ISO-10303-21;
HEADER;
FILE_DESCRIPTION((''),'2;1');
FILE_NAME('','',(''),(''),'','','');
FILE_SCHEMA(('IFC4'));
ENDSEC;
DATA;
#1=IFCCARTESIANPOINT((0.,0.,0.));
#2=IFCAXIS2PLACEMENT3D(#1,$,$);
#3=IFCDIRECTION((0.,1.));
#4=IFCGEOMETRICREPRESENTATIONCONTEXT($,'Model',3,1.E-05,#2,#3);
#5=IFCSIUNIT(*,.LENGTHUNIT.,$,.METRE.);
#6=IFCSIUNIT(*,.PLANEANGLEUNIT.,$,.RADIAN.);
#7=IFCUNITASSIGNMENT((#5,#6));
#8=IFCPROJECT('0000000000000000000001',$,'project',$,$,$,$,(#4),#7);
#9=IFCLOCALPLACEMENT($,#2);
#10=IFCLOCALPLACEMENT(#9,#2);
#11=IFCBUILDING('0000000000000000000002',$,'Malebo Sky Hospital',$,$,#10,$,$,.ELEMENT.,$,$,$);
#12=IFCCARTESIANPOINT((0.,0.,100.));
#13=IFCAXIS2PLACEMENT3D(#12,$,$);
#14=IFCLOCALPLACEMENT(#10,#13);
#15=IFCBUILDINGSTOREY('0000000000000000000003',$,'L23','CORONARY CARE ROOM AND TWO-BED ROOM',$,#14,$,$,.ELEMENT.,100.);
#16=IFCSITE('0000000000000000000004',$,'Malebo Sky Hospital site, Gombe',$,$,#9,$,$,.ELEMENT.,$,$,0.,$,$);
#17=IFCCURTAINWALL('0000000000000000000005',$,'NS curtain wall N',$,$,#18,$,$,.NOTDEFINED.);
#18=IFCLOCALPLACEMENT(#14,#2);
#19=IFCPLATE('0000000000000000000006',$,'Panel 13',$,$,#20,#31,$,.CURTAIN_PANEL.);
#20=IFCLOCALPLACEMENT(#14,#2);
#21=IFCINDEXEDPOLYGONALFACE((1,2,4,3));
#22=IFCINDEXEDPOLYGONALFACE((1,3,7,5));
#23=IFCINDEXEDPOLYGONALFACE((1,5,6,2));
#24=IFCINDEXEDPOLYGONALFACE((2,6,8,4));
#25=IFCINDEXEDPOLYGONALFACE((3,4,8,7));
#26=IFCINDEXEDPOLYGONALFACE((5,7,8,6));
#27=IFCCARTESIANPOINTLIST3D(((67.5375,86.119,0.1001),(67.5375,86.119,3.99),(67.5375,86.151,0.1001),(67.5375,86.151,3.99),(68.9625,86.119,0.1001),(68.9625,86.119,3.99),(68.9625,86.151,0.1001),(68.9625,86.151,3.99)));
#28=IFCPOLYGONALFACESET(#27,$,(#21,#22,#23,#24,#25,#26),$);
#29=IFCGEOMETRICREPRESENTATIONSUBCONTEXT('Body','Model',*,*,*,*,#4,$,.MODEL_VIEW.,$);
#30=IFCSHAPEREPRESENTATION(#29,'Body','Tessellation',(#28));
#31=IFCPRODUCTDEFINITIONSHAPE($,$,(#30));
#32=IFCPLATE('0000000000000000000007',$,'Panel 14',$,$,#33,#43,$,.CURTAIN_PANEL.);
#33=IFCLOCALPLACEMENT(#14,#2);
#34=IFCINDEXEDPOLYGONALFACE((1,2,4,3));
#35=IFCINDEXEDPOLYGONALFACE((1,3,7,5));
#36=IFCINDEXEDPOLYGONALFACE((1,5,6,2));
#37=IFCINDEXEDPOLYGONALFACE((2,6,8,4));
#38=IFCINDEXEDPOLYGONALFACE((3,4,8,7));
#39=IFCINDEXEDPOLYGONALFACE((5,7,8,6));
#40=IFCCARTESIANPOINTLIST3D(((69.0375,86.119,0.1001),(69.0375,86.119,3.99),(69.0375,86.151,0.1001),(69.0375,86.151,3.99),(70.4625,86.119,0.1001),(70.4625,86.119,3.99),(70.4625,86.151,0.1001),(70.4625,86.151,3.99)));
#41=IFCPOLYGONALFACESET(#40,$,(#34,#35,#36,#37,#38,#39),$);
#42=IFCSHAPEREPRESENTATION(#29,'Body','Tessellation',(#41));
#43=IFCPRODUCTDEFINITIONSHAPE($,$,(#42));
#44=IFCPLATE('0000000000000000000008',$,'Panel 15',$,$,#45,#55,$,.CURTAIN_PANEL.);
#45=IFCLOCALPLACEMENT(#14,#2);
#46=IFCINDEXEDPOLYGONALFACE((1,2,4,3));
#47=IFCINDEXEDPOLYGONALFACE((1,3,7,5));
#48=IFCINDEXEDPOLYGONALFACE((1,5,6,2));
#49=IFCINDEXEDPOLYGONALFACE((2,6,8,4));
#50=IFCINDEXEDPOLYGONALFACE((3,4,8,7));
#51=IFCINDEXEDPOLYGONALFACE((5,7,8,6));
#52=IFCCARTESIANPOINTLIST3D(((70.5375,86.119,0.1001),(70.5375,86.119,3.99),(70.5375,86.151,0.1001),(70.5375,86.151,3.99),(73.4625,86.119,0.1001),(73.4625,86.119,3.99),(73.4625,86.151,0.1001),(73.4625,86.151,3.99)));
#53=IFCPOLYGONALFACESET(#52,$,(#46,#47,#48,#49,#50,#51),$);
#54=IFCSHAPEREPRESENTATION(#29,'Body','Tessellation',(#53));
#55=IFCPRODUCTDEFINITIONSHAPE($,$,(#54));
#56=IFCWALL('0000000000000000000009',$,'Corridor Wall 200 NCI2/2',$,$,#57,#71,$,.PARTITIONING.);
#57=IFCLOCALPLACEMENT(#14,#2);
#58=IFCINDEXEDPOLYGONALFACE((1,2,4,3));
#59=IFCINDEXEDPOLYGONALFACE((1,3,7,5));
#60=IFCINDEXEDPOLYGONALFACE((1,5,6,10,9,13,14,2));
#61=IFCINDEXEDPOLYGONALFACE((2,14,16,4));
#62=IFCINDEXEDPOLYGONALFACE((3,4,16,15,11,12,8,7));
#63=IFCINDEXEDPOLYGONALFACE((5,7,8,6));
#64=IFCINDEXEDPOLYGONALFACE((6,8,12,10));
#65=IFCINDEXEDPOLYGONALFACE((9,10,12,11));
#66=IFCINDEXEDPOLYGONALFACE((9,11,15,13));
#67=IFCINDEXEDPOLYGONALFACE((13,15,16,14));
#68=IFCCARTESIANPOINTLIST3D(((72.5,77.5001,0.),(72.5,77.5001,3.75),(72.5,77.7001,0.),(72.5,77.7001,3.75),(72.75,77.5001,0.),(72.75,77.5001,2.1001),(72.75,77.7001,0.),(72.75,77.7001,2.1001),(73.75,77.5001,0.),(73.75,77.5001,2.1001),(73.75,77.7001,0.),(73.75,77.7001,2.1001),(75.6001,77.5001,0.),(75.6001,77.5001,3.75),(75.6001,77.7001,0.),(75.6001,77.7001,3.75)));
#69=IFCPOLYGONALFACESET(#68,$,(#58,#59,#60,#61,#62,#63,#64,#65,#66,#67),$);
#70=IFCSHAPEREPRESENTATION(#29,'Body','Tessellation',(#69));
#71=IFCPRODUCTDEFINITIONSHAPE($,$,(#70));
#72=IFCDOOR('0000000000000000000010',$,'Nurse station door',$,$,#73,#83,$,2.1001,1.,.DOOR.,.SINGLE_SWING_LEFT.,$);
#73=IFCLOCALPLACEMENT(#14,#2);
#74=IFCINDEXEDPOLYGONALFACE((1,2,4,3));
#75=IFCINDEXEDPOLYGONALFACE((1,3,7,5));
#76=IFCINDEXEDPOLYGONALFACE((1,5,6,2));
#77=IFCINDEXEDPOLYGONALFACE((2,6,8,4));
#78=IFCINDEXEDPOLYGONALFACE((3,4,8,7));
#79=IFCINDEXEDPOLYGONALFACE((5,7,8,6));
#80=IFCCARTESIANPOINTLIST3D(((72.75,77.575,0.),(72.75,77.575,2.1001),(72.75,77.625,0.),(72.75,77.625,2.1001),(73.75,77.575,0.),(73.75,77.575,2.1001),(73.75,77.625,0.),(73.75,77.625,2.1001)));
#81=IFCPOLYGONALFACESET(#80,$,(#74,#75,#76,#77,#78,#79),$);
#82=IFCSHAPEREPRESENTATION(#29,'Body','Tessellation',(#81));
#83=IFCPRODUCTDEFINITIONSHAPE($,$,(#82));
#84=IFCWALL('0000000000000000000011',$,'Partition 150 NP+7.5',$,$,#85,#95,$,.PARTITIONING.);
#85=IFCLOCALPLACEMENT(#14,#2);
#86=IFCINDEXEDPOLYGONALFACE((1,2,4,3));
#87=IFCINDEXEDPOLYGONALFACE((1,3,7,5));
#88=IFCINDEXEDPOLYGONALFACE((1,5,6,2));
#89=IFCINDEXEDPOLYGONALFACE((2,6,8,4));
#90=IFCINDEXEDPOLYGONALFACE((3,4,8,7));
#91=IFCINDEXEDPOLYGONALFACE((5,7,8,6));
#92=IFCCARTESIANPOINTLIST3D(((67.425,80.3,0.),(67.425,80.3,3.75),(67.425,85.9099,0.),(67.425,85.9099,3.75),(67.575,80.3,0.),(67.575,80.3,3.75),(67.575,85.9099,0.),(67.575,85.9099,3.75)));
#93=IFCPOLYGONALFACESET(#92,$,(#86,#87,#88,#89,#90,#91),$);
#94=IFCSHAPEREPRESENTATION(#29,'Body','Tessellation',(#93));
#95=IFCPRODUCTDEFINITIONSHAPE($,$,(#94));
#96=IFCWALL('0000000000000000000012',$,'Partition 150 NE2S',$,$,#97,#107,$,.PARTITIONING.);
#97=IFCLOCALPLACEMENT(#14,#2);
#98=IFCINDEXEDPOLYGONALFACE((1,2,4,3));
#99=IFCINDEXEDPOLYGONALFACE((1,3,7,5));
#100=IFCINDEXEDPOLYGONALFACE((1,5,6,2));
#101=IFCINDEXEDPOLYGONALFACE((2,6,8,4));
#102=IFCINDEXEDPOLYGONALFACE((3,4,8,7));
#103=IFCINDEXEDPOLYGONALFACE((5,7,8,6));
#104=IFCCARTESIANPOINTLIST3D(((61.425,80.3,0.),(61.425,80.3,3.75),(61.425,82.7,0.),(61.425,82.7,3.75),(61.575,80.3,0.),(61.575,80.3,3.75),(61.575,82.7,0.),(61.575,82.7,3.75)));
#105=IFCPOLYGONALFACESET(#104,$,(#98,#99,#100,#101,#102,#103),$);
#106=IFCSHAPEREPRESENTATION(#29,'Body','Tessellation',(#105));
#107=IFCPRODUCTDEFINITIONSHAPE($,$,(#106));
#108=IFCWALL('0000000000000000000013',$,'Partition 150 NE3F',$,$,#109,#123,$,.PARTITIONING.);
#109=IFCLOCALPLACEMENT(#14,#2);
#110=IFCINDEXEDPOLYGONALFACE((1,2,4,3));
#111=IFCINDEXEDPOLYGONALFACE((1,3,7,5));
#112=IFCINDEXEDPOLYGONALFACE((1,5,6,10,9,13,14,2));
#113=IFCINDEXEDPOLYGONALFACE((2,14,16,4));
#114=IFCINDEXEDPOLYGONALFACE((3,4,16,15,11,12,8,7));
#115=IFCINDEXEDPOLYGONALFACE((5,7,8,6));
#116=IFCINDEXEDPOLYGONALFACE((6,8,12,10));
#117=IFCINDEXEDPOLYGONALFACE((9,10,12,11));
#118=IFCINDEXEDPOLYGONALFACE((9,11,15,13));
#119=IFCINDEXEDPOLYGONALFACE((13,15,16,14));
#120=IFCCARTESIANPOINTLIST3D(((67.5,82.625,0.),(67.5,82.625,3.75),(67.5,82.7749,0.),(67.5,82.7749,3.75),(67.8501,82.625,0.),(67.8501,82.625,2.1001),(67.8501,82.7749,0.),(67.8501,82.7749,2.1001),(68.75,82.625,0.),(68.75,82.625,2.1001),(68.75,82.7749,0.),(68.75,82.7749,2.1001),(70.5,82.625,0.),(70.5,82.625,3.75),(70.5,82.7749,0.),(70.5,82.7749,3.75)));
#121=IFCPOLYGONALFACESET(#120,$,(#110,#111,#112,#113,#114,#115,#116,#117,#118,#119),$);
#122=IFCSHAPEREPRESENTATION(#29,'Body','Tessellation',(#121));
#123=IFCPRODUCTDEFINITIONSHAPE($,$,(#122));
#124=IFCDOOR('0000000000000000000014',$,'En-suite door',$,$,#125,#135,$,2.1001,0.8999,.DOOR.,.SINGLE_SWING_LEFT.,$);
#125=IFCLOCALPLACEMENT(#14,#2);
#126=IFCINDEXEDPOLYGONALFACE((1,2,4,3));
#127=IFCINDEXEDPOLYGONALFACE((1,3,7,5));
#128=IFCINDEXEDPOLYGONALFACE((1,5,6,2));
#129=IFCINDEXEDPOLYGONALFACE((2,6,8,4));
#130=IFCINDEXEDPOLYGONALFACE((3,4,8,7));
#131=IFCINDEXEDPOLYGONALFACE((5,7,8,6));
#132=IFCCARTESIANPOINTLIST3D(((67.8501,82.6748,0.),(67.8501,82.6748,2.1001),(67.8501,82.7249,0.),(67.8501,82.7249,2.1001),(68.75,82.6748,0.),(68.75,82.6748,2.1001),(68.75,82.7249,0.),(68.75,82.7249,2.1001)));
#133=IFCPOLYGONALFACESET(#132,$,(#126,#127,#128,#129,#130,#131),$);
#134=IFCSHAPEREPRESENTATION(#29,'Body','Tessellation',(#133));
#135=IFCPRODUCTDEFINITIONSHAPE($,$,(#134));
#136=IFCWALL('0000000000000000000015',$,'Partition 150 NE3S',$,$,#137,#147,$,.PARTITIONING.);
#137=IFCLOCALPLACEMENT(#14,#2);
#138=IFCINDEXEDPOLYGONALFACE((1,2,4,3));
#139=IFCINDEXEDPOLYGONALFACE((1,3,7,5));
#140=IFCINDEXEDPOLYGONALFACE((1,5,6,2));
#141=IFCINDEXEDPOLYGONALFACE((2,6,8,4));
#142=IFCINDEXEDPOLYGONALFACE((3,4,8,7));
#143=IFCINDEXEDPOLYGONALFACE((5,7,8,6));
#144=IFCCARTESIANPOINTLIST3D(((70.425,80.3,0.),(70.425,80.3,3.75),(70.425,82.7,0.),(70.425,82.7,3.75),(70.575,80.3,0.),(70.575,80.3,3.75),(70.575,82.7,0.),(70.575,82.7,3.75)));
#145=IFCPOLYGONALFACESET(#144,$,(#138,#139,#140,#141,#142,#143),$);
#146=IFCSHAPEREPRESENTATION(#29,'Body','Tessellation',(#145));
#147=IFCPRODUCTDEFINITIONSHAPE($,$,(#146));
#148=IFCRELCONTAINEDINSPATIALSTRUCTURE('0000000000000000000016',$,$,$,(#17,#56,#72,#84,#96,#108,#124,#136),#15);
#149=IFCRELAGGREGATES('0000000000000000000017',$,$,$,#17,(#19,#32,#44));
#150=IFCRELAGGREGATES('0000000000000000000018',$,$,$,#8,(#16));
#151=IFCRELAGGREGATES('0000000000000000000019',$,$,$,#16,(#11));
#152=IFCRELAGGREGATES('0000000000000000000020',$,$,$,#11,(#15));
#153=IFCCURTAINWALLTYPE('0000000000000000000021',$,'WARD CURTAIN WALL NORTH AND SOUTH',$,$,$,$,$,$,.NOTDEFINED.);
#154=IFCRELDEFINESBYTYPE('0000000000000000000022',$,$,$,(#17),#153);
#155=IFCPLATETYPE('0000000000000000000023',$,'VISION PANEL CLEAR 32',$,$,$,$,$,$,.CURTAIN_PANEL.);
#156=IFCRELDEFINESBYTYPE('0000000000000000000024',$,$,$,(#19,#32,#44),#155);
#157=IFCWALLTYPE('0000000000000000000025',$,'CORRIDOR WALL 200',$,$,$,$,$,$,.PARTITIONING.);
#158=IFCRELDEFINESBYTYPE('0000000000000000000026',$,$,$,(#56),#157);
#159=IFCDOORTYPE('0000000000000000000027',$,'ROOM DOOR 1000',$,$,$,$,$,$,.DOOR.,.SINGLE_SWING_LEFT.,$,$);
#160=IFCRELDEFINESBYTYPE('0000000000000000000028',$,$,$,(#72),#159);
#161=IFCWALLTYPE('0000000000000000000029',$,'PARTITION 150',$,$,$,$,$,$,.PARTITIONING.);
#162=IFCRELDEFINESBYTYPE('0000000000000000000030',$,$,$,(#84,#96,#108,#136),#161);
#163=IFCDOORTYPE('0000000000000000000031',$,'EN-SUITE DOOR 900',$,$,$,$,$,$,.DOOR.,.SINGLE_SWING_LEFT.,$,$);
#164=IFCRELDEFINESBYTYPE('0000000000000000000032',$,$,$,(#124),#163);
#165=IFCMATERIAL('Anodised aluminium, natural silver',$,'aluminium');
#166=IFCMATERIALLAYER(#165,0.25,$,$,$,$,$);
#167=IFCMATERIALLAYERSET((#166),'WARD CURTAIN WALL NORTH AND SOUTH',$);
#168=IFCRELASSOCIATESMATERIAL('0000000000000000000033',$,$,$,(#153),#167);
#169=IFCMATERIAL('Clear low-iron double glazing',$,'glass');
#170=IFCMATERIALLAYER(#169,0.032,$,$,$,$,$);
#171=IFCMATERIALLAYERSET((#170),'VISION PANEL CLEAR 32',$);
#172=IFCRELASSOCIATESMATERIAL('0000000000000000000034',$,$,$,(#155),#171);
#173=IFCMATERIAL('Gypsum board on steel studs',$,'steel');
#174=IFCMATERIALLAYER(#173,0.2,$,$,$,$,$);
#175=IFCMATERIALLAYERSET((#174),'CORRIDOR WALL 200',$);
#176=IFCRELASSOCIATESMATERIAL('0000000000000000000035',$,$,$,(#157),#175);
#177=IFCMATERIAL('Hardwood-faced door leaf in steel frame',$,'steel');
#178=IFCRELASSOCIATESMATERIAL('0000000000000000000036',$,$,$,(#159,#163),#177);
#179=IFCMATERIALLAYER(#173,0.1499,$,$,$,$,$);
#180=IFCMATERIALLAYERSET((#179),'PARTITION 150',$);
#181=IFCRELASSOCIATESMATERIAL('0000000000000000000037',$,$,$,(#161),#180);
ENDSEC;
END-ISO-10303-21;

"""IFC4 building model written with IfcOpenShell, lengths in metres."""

from ifc_helpers import new_model, si_unit, direction, frame, frame_2d, origin, origin_2d, place, context, subcontext, project, spatial, rectangle, extrude, material, layer, layer_set, type_object, element, fill, aggregate, save


model = new_model("IFC4")

# Units and contexts
model_context = context("Model", 3, precision=1e-05, world=origin(), true_north=direction((0.0, 1.0)))
body_context = subcontext(model_context, "Body", "Model", "MODEL_VIEW")
ifc_project = project(units=[si_unit("LENGTHUNIT", "METRE"), si_unit("PLANEANGLEUNIT", "RADIAN")], contexts=[model_context])

# Site, building, storey
site_placement = place(None, origin())
site = spatial("IfcSite", under=ifc_project, at=site_placement, Name="Malebo Sky Hospital site, Gombe", CompositionType="ELEMENT", RefElevation=0.0)
building_placement = place(site_placement, origin())
building = spatial("IfcBuilding", under=site, at=building_placement, Name="Malebo Sky Hospital", CompositionType="ELEMENT")
storey_placement = place(building_placement, frame((0.0, 0.0, 100.0)))
storey = spatial("IfcBuildingStorey", under=building, at=storey_placement, Name="L23", Description="CORONARY CARE ROOM AND TWO-BED ROOM", CompositionType="ELEMENT", Elevation=100.0)

# Curtain wall
ifc_material_1 = material(Name="Anodised aluminium, natural silver", Category="aluminium")
ifc_layer_1 = layer(ifc_material_1, 0.25)
ifc_layer_set_1 = layer_set([ifc_layer_1], Name="WARD CURTAIN WALL NORTH AND SOUTH")
curtain_wall_type = type_object("IfcCurtainWallType", Name="WARD CURTAIN WALL NORTH AND SOUTH", PredefinedType="NOTDEFINED", material=ifc_layer_set_1)
curtain_wall_placement = place(storey_placement, origin())
curtain_wall = element("IfcCurtainWall", 1, at=curtain_wall_placement, inside=storey, type_object=curtain_wall_type, Name="NS curtain wall N", PredefinedType="NOTDEFINED")

# Plates
ifc_material_2 = material(Name="Clear low-iron double glazing", Category="glass")
ifc_layer_2 = layer(ifc_material_2, 0.032)
ifc_layer_set_2 = layer_set([ifc_layer_2], Name="VISION PANEL CLEAR 32")
plate_type = type_object("IfcPlateType", Name="VISION PANEL CLEAR 32", PredefinedType="CURTAIN_PANEL", material=ifc_layer_set_2)
plate_1_placement = place(storey_placement, frame((68.25, 86.135, 0.1001), z_axis=(0.0, 0.0, 1.0), x_axis=(1.0, 0.0, 0.0)))
plate_1 = element("IfcPlate", 2, at=plate_1_placement, type_object=plate_type, Name="Panel 13", PredefinedType="CURTAIN_PANEL", context=body_context, shape_type="SweptSolid", body=[
    extrude(rectangle(XDim=1.425, YDim=0.032, at=origin_2d()), origin(), (0.0, 0.0, 1.0), 3.8899),
])
plate_2_placement = place(storey_placement, frame((69.75, 86.135, 0.1001), z_axis=(0.0, 0.0, 1.0), x_axis=(1.0, 0.0, 0.0)))
plate_2 = element("IfcPlate", 3, at=plate_2_placement, type_object=plate_type, Name="Panel 14", PredefinedType="CURTAIN_PANEL", context=body_context, shape_type="SweptSolid", body=[
    extrude(rectangle(XDim=1.425, YDim=0.032, at=origin_2d()), origin(), (0.0, 0.0, 1.0), 3.8899),
])
plate_3_placement = place(storey_placement, frame((72.0, 86.135, 0.1001), z_axis=(0.0, 0.0, 1.0), x_axis=(1.0, 0.0, 0.0)))
plate_3 = element("IfcPlate", 4, at=plate_3_placement, type_object=plate_type, Name="Panel 15", PredefinedType="CURTAIN_PANEL", context=body_context, shape_type="SweptSolid", body=[
    extrude(rectangle(XDim=2.925, YDim=0.032, at=origin_2d()), origin(), (0.0, 0.0, 1.0), 3.8899),
])
aggregate(curtain_wall, [plate_1, plate_2, plate_3])

# Wall, opening, door
ifc_material_3 = material(Name="Gypsum board on steel studs", Category="steel")
ifc_layer_3 = layer(ifc_material_3, 0.2)
ifc_layer_set_3 = layer_set([ifc_layer_3], Name="CORRIDOR WALL 200")
wall_type_1 = type_object("IfcWallType", Name="CORRIDOR WALL 200", PredefinedType="PARTITIONING", material=ifc_layer_set_3)
wall_1_placement = place(storey_placement, frame((72.5, 77.6001, 0.0), z_axis=(0.0, 0.0, 1.0), x_axis=(1.0, 0.0, 0.0)))
wall_1 = element("IfcWall", 5, at=wall_1_placement, inside=storey, type_object=wall_type_1, Name="Corridor Wall 200 NCI2/2", PredefinedType="PARTITIONING", context=body_context, shape_type="SweptSolid", body=[
    extrude(rectangle(XDim=3.1001, YDim=0.2, at=frame_2d((1.55, 0.0))), origin(), (0.0, 0.0, 1.0), 3.75),
])
opening_1_placement = place(wall_1_placement, frame((0.25, 0.0, 0.0)))
opening_1 = element("IfcOpeningElement", 6, at=opening_1_placement, cuts=wall_1, PredefinedType="OPENING", context=body_context, shape_type="SweptSolid", body=[
    extrude(rectangle(XDim=1.0, YDim=2.1001, at=frame_2d((0.5, 1.05))), frame((0.0, 0.1099, 0.0), z_axis=(0.0, -1.0, 0.0), x_axis=(1.0, 0.0, 0.0)), (0.0, 0.0, 1.0), 0.22),
])
ifc_material_4 = material(Name="Hardwood-faced door leaf in steel frame", Category="steel")
door_type_1 = type_object("IfcDoorType", Name="ROOM DOOR 1000", OperationType="SINGLE_SWING_LEFT", PredefinedType="DOOR", material=ifc_material_4)
door_1_placement = place(opening_1_placement, origin())
door_1 = element("IfcDoor", 7, at=door_1_placement, inside=storey, type_object=door_type_1, Name="Nurse station door", OperationType="SINGLE_SWING_LEFT", OverallHeight=2.1001, OverallWidth=1.0, PredefinedType="DOOR", context=body_context, shape_type="SweptSolid", body=[
    extrude(rectangle(XDim=1.0, YDim=2.1001, at=frame_2d((0.5, 1.05))), frame((0.0, 0.0249, 0.0), z_axis=(0.0, -1.0, 0.0), x_axis=(1.0, 0.0, 0.0)), (0.0, 0.0, 1.0), 0.05),
])
fill(opening_1, door_1)

# Walls
ifc_layer_4 = layer(ifc_material_3, 0.1499)
ifc_layer_set_4 = layer_set([ifc_layer_4], Name="PARTITION 150")
wall_type_2 = type_object("IfcWallType", Name="PARTITION 150", PredefinedType="PARTITIONING", material=ifc_layer_set_4)
wall_2_placement = place(storey_placement, frame((67.5, 80.3, 0.0), z_axis=(0.0, 0.0, 1.0), x_axis=(0.0, 1.0, 0.0)))
element("IfcWall", 8, at=wall_2_placement, inside=storey, type_object=wall_type_2, Name="Partition 150 NP+7.5", PredefinedType="PARTITIONING", context=body_context, shape_type="SweptSolid", body=[
    extrude(rectangle(XDim=5.6099, YDim=0.1499, at=frame_2d((2.8049, 0.0))), origin(), (0.0, 0.0, 1.0), 3.75),
])
wall_3_placement = place(storey_placement, frame((61.5, 80.3, 0.0), z_axis=(0.0, 0.0, 1.0), x_axis=(0.0, 1.0, 0.0)))
element("IfcWall", 9, at=wall_3_placement, inside=storey, type_object=wall_type_2, Name="Partition 150 NE2S", PredefinedType="PARTITIONING", context=body_context, shape_type="SweptSolid", body=[
    extrude(rectangle(XDim=2.3999, YDim=0.1499, at=frame_2d((1.2, 0.0))), origin(), (0.0, 0.0, 1.0), 3.75),
])

# Wall, opening, door
wall_4_placement = place(storey_placement, frame((67.5, 82.7, 0.0), z_axis=(0.0, 0.0, 1.0), x_axis=(1.0, 0.0, 0.0)))
wall_4 = element("IfcWall", 10, at=wall_4_placement, inside=storey, type_object=wall_type_2, Name="Partition 150 NE3F", PredefinedType="PARTITIONING", context=body_context, shape_type="SweptSolid", body=[
    extrude(rectangle(XDim=3.0, YDim=0.1499, at=frame_2d((1.5, 0.0))), origin(), (0.0, 0.0, 1.0), 3.75),
])
opening_2_placement = place(wall_4_placement, frame((0.3501, 0.0, 0.0)))
opening_2 = element("IfcOpeningElement", 11, at=opening_2_placement, cuts=wall_4, PredefinedType="OPENING", context=body_context, shape_type="SweptSolid", body=[
    extrude(rectangle(XDim=0.8999, YDim=2.1001, at=frame_2d((0.45, 1.05))), frame((0.0, 0.085, 0.0), z_axis=(0.0, -1.0, 0.0), x_axis=(1.0, 0.0, 0.0)), (0.0, 0.0, 1.0), 0.1699),
])
door_type_2 = type_object("IfcDoorType", Name="EN-SUITE DOOR 900", OperationType="SINGLE_SWING_LEFT", PredefinedType="DOOR", material=ifc_material_4)
door_2_placement = place(opening_2_placement, origin())
door_2 = element("IfcDoor", 12, at=door_2_placement, inside=storey, type_object=door_type_2, Name="En-suite door", OperationType="SINGLE_SWING_LEFT", OverallHeight=2.1001, OverallWidth=0.8999, PredefinedType="DOOR", context=body_context, shape_type="SweptSolid", body=[
    extrude(rectangle(XDim=0.8999, YDim=2.1001, at=frame_2d((0.45, 1.05))), frame((0.0, 0.0249, 0.0), z_axis=(0.0, -1.0, 0.0), x_axis=(1.0, 0.0, 0.0)), (0.0, 0.0, 1.0), 0.05),
])
fill(opening_2, door_2)

# Wall
wall_5_placement = place(storey_placement, frame((70.5, 80.3, 0.0), z_axis=(0.0, 0.0, 1.0), x_axis=(0.0, 1.0, 0.0)))
element("IfcWall", 13, at=wall_5_placement, inside=storey, type_object=wall_type_2, Name="Partition 150 NE3S", PredefinedType="PARTITIONING", context=body_context, shape_type="SweptSolid", body=[
    extrude(rectangle(XDim=2.3999, YDim=0.1499, at=frame_2d((1.2, 0.0))), origin(), (0.0, 0.0, 1.0), 3.75),
])

save(model, "model.ifc")
